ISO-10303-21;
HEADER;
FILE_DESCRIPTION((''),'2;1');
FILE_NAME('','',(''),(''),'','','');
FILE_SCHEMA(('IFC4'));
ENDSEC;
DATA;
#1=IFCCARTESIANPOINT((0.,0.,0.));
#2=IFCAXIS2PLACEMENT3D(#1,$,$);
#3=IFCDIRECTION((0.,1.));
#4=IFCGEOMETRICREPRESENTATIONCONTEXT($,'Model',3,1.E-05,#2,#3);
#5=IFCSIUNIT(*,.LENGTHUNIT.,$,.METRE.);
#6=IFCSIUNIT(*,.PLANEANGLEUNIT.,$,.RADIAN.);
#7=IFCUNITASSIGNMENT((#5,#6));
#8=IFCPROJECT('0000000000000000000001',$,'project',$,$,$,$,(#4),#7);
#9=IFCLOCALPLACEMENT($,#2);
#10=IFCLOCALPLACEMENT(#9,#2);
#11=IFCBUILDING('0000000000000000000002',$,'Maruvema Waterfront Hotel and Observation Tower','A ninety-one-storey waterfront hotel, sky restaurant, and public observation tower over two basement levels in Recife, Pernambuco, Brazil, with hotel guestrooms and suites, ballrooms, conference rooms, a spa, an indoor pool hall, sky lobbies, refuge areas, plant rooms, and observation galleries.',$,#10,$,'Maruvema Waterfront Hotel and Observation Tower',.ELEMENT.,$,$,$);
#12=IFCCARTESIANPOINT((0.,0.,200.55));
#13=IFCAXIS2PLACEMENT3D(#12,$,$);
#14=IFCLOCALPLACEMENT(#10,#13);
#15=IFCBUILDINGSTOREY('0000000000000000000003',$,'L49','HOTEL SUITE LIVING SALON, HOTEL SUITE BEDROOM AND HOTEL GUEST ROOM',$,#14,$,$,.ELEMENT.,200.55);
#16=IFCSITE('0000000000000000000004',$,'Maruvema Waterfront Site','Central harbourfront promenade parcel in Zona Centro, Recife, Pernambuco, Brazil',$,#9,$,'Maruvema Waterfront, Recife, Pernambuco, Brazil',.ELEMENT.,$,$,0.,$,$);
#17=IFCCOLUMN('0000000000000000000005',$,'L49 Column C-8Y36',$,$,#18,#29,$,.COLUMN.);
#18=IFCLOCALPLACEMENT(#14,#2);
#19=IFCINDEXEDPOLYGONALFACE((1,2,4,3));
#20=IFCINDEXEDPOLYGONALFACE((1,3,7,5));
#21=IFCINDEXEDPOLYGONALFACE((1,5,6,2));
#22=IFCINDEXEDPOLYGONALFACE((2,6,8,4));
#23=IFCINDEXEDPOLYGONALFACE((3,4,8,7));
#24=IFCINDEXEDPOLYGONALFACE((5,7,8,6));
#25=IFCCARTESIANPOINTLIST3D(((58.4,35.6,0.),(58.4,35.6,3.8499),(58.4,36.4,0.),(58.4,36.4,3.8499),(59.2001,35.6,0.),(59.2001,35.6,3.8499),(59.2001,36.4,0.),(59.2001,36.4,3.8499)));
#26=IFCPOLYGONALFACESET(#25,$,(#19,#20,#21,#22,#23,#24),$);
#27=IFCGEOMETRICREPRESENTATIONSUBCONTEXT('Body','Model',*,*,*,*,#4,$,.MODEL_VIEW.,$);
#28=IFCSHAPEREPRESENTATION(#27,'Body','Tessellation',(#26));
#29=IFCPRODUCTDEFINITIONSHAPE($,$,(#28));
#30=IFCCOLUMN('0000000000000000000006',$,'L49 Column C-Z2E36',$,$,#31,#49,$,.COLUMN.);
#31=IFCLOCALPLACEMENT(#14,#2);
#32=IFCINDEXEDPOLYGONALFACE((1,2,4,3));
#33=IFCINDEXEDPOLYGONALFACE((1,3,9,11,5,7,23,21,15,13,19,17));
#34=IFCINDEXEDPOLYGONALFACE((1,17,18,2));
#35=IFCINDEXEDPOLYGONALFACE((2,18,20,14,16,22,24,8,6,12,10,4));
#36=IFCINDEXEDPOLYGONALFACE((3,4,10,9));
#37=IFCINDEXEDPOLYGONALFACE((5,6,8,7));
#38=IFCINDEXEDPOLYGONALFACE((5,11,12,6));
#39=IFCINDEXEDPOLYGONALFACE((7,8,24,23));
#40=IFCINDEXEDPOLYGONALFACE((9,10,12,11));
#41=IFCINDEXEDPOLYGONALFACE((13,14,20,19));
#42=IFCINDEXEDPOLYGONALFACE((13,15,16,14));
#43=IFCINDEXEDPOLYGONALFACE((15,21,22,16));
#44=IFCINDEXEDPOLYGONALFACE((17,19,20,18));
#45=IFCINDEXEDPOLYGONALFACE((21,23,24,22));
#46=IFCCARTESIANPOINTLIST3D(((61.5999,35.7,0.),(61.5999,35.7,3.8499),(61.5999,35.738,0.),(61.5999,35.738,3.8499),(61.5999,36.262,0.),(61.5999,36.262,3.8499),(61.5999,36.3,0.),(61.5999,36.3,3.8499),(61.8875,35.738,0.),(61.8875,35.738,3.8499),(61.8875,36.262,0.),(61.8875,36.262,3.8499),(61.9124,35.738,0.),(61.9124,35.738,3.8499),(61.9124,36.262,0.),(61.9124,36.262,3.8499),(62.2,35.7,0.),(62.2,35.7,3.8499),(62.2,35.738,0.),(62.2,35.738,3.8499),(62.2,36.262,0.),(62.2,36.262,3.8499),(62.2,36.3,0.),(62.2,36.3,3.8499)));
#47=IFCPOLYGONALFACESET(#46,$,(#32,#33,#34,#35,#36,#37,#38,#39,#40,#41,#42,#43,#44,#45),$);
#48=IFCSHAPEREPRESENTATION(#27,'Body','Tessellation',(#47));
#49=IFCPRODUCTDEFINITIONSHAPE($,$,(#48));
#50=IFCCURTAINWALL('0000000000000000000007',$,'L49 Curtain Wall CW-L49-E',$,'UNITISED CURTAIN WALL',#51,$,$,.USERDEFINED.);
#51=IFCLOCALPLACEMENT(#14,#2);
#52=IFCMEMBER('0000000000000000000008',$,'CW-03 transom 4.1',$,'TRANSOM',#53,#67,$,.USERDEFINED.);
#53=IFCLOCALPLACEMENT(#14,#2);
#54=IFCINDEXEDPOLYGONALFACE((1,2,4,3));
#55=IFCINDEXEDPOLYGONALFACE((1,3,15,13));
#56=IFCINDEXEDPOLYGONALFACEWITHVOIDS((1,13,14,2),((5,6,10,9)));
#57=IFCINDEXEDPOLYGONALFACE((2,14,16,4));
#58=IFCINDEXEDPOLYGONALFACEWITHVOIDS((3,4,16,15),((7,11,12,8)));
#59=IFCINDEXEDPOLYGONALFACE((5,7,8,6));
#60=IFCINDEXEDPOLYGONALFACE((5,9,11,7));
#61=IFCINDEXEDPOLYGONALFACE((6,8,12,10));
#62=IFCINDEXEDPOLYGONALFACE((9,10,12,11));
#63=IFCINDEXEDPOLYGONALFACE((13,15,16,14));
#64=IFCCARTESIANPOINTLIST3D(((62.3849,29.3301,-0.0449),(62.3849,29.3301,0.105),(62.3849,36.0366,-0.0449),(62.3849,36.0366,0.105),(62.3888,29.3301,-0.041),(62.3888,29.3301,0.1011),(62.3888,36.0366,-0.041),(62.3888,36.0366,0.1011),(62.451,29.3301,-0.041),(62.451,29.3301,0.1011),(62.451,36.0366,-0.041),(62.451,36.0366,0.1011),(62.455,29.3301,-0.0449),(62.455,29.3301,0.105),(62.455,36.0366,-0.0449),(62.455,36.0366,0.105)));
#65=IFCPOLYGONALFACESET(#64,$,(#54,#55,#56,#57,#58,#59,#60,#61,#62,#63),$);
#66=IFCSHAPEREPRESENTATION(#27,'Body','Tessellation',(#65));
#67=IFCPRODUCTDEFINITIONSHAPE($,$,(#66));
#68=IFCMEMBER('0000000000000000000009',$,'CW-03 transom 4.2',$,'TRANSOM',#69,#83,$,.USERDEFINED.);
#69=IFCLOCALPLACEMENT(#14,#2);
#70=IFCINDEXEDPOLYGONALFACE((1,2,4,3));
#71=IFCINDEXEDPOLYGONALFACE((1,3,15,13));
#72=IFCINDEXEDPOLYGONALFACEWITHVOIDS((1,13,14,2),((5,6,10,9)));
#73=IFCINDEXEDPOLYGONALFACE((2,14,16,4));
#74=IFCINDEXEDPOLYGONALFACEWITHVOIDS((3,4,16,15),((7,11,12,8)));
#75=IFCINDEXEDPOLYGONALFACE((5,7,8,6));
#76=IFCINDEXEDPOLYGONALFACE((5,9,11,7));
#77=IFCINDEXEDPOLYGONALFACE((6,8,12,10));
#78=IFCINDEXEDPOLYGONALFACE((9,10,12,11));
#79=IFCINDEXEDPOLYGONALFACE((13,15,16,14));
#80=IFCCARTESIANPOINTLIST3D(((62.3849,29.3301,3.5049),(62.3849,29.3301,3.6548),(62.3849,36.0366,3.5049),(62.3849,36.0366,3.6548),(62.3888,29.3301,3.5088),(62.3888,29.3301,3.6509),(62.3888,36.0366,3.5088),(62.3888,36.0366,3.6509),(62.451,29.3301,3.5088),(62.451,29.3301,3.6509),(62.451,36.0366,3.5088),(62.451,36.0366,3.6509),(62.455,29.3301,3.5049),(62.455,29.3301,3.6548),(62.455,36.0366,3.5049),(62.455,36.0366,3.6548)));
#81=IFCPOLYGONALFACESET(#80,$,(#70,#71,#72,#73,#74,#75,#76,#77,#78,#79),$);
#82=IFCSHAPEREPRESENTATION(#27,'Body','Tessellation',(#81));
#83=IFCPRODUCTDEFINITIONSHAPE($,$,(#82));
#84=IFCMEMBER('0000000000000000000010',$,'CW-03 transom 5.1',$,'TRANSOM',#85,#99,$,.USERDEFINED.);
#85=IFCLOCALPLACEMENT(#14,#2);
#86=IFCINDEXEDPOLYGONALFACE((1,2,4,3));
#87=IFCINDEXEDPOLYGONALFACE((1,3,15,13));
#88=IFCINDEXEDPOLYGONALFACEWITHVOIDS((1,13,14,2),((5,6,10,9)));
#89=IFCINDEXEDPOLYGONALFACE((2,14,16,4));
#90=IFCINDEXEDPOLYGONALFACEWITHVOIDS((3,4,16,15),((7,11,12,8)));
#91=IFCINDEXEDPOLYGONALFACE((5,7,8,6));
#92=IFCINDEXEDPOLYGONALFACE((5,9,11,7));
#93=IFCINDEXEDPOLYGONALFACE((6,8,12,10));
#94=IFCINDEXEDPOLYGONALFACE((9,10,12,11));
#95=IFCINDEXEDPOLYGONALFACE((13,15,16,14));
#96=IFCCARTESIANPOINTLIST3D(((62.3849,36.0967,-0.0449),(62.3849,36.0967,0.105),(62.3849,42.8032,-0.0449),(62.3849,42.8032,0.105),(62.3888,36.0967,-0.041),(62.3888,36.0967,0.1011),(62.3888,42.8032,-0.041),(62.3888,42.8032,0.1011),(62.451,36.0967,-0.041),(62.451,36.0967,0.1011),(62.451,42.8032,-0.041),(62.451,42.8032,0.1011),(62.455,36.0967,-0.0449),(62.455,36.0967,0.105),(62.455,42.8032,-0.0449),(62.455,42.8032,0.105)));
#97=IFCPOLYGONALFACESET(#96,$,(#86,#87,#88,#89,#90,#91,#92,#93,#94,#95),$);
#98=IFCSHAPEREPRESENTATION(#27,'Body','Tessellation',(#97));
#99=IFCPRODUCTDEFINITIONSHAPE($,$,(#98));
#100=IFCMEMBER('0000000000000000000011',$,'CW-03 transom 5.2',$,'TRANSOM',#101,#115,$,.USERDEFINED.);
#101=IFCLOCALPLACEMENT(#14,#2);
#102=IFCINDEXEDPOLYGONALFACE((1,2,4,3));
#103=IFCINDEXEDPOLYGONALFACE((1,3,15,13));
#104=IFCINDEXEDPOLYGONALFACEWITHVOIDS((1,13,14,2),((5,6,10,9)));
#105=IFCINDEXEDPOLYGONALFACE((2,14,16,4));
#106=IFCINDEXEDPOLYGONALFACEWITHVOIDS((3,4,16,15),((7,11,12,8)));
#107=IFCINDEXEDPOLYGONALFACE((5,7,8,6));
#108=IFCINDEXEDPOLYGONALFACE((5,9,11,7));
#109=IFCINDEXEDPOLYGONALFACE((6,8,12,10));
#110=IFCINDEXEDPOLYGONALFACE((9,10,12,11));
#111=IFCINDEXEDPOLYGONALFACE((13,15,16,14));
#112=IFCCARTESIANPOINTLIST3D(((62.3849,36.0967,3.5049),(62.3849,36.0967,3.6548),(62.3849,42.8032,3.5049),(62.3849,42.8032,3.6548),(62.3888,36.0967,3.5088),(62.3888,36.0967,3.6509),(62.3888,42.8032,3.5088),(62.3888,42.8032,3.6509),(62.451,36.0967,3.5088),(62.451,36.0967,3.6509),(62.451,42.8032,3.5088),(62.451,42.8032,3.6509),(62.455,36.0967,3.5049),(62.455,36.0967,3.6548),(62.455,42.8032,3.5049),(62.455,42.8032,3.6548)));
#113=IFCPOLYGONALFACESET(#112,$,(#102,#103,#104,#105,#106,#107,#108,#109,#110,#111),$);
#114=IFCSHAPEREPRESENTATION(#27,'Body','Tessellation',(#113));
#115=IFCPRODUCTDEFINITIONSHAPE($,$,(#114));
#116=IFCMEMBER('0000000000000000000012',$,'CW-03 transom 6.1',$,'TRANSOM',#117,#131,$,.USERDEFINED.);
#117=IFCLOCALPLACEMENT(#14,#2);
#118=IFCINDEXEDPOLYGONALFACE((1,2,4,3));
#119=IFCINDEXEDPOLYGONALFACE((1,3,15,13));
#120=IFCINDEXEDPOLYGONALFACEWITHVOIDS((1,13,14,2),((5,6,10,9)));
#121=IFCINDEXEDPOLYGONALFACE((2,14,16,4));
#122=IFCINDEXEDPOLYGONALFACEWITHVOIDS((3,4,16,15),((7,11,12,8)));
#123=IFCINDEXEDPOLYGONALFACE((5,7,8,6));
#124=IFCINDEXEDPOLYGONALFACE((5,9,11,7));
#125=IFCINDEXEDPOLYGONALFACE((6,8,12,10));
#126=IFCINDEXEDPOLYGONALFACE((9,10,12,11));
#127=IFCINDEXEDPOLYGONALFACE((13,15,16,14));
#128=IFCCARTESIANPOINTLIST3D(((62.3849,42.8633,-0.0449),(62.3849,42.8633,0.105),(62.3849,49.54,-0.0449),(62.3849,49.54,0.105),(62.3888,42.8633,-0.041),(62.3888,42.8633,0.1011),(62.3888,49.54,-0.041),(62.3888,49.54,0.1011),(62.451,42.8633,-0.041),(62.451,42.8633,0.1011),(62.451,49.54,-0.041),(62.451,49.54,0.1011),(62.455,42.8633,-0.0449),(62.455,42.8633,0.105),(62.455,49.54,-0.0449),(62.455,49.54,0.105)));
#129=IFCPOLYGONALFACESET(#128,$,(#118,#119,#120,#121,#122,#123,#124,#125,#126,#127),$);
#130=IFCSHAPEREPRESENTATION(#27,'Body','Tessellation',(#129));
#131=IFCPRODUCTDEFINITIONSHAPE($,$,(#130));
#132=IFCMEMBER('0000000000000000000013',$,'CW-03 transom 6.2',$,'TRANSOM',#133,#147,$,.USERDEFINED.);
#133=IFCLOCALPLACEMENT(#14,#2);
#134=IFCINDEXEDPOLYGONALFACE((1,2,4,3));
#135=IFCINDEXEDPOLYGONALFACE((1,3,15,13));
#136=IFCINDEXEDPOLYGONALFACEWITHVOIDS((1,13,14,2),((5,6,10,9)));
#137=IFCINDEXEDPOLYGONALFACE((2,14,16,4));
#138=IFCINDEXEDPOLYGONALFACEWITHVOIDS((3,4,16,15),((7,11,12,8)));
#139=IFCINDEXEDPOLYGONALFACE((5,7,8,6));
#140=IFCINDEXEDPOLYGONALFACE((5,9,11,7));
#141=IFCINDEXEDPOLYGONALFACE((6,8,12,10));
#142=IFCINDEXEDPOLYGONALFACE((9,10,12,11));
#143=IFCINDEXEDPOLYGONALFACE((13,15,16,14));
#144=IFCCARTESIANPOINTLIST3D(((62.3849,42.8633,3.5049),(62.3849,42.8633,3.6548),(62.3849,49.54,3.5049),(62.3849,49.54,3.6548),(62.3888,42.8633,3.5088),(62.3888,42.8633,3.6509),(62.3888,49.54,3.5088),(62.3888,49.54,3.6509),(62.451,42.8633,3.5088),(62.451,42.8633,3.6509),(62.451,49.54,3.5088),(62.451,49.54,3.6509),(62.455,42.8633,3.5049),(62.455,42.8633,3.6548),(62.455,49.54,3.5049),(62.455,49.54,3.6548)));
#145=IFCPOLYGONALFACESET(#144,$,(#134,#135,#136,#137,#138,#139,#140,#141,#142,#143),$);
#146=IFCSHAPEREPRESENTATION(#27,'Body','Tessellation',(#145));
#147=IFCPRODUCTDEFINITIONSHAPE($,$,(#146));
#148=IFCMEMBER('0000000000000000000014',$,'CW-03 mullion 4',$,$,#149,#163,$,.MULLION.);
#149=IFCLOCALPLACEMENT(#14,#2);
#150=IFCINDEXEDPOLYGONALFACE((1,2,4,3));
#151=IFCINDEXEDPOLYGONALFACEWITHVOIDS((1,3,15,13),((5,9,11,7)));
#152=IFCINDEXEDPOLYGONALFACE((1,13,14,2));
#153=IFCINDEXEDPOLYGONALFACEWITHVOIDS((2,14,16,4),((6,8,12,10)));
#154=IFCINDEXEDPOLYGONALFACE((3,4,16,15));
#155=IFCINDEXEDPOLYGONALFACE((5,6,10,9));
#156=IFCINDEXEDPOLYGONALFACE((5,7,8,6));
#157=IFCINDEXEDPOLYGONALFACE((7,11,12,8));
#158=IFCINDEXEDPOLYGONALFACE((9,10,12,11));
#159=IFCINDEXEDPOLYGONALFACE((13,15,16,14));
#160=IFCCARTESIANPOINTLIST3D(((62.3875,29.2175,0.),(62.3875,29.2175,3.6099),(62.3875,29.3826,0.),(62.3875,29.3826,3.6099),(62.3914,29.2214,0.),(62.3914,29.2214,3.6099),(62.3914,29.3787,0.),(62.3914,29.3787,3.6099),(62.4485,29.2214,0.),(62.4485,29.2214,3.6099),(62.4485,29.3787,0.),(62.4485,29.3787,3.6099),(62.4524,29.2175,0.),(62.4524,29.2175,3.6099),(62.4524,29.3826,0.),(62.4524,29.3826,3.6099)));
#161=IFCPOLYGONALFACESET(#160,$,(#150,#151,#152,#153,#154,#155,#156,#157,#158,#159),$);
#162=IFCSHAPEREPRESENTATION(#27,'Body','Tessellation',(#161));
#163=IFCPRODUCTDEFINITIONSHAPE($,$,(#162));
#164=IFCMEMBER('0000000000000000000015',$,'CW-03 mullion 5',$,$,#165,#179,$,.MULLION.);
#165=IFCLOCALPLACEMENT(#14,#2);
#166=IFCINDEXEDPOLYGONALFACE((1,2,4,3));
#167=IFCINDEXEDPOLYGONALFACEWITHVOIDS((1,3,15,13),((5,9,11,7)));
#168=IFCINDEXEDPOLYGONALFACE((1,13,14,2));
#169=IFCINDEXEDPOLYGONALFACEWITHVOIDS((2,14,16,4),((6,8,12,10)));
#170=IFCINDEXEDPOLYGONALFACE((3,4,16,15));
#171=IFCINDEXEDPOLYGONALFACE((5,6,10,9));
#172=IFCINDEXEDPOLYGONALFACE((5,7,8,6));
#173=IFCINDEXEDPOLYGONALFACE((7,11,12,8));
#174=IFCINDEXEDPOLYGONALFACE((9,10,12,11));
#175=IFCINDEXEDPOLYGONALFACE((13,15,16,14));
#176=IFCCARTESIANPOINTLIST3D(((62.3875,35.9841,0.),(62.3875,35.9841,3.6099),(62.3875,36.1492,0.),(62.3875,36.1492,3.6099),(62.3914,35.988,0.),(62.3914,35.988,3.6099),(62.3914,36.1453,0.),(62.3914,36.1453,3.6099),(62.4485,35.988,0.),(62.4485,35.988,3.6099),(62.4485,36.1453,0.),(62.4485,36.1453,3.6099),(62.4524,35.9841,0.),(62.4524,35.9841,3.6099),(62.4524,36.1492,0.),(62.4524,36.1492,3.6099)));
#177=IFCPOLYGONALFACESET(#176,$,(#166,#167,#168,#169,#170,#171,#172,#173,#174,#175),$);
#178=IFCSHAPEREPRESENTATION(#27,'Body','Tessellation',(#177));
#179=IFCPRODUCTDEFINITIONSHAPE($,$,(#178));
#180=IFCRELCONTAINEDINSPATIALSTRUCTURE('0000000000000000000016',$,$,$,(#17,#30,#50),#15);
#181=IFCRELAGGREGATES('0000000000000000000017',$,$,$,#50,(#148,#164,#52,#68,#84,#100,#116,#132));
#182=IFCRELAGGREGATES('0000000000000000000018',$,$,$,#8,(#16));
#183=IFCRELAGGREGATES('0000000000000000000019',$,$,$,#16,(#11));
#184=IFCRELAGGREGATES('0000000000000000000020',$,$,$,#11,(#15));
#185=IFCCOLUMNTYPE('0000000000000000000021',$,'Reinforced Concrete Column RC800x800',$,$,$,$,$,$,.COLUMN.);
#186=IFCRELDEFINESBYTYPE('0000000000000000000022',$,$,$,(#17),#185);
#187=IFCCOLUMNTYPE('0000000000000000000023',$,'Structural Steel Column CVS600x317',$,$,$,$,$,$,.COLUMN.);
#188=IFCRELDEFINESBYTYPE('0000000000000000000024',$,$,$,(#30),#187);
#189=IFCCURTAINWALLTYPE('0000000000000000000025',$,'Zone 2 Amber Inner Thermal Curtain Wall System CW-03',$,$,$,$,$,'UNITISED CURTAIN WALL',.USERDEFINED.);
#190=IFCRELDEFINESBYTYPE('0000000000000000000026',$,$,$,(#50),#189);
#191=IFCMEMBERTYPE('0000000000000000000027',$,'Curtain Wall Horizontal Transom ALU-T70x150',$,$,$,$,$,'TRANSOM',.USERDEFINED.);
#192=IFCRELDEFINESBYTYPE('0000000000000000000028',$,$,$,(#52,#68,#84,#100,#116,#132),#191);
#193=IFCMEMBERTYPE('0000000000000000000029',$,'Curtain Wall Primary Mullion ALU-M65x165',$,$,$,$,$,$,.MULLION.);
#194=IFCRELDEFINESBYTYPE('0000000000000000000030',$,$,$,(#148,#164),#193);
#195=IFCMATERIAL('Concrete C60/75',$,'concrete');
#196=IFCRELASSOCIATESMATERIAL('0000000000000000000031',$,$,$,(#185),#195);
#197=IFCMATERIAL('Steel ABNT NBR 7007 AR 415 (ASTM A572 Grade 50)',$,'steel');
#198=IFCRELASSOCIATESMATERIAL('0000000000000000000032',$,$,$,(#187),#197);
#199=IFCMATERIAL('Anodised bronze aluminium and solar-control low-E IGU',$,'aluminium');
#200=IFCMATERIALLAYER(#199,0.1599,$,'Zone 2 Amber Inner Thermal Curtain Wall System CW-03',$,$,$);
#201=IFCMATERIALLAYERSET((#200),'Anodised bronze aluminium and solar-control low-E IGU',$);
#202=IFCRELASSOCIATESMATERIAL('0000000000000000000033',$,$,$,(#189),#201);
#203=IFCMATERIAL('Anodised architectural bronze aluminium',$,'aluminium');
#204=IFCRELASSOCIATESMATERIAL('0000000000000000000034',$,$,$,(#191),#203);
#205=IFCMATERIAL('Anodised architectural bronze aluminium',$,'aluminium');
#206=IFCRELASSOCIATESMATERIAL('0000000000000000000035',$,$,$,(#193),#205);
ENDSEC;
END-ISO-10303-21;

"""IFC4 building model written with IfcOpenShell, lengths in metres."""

from ifc_helpers import new_model, si_unit, direction, frame, origin, origin_2d, place, context, subcontext, project, spatial, rectangle, hollow_rectangle, i_section, extrude, material, layer, layer_set, material_profile, profile_set, type_object, element, aggregate, save


model = new_model("IFC4")

# Units and contexts
model_context = context("Model", 3, precision=1e-05, world=origin(), true_north=direction((0.0, 1.0)))
body_context = subcontext(model_context, "Body", "Model", "MODEL_VIEW")
ifc_project = project(units=[si_unit("LENGTHUNIT", "METRE"), si_unit("PLANEANGLEUNIT", "RADIAN")], contexts=[model_context])

# Site, building, storey
site_placement = place(None, origin())
site = spatial("IfcSite", under=ifc_project, at=site_placement, Name="Maruvema Waterfront Site", Description="Central harbourfront promenade parcel in Zona Centro, Recife, Pernambuco, Brazil", LongName="Maruvema Waterfront, Recife, Pernambuco, Brazil", CompositionType="ELEMENT", RefElevation=0.0)
building_placement = place(site_placement, origin())
building = spatial("IfcBuilding", under=site, at=building_placement, Name="Maruvema Waterfront Hotel and Observation Tower", Description="A ninety-one-storey waterfront hotel, sky restaurant, and public observation tower over two basement levels in Recife, Pernambuco, Brazil, with hotel guestrooms and suites, ballrooms, conference rooms, a spa, an indoor pool hall, sky lobbies, refuge areas, plant rooms, and observation galleries.", LongName="Maruvema Waterfront Hotel and Observation Tower", CompositionType="ELEMENT")
storey_placement = place(building_placement, frame((0.0, 0.0, 200.55)))
storey = spatial("IfcBuildingStorey", under=building, at=storey_placement, Name="L49", Description="HOTEL SUITE LIVING SALON, HOTEL SUITE BEDROOM AND HOTEL GUEST ROOM", CompositionType="ELEMENT", Elevation=200.55)

# Columns
ifc_material_1 = material(Name="Concrete C60/75", Category="concrete")
ifc_material_profile_1 = material_profile(ifc_material_1, rectangle(XDim=0.8, YDim=0.8, at=origin_2d()), Name="RC800x800")
ifc_profile_set_1 = profile_set([ifc_material_profile_1], Name="Concrete C60/75")
column_type_1 = type_object("IfcColumnType", Name="Reinforced Concrete Column RC800x800", PredefinedType="COLUMN", material=ifc_profile_set_1)
column_1_placement = place(storey_placement, frame((58.8, 36.0, 0.0), z_axis=(0.0, 0.0, 1.0), x_axis=(1.0, 0.0, 0.0)))
element("IfcColumn", 1, at=column_1_placement, inside=storey, type_object=column_type_1, Name="L49 Column C-8Y36", PredefinedType="COLUMN", context=body_context, shape_type="SweptSolid", body=[
    extrude(rectangle(XDim=0.8, YDim=0.8, at=origin_2d()), origin(), (0.0, 0.0, 1.0), 3.8499),
])
ifc_material_2 = material(Name="Steel ABNT NBR 7007 AR 415 (ASTM A572 Grade 50)", Category="steel")
ifc_material_profile_2 = material_profile(ifc_material_2, i_section(OverallWidth=0.6001, OverallDepth=0.6001, WebThickness=0.0249, FlangeThickness=0.0381, at=origin_2d()), Name="CVS600x317")
ifc_profile_set_2 = profile_set([ifc_material_profile_2], Name="Steel ABNT NBR 7007 AR 415 (ASTM A572 Grade 50)")
column_type_2 = type_object("IfcColumnType", Name="Structural Steel Column CVS600x317", PredefinedType="COLUMN", material=ifc_profile_set_2)
column_2_placement = place(storey_placement, frame((61.8999, 36.0, 0.0), z_axis=(0.0, 0.0, 1.0), x_axis=(1.0, 0.0, 0.0)))
element("IfcColumn", 2, at=column_2_placement, inside=storey, type_object=column_type_2, Name="L49 Column C-Z2E36", PredefinedType="COLUMN", context=body_context, shape_type="SweptSolid", body=[
    extrude(i_section(OverallWidth=0.6001, OverallDepth=0.6001, WebThickness=0.0249, FlangeThickness=0.0381, at=origin_2d()), origin(), (0.0, 0.0, 1.0), 3.8499),
])

# Curtain wall, members
ifc_material_3 = material(Name="Anodised bronze aluminium and solar-control low-E IGU", Category="aluminium")
ifc_layer_1 = layer(ifc_material_3, 0.1599, Name="Zone 2 Amber Inner Thermal Curtain Wall System CW-03")
ifc_layer_set_1 = layer_set([ifc_layer_1], Name="Anodised bronze aluminium and solar-control low-E IGU")
curtain_wall_type = type_object("IfcCurtainWallType", Name="Zone 2 Amber Inner Thermal Curtain Wall System CW-03", ElementType="UNITISED CURTAIN WALL", PredefinedType="USERDEFINED", material=ifc_layer_set_1)
curtain_wall_placement = place(storey_placement, origin())
curtain_wall = element("IfcCurtainWall", 3, at=curtain_wall_placement, inside=storey, type_object=curtain_wall_type, Name="L49 Curtain Wall CW-L49-E", ObjectType="UNITISED CURTAIN WALL", PredefinedType="USERDEFINED")
ifc_material_4 = material(Name="Anodised architectural bronze aluminium", Category="aluminium")
ifc_material_profile_3 = material_profile(ifc_material_4, hollow_rectangle(XDim=0.0701, YDim=0.1499, WallThickness=0.0039, at=origin_2d()), Name="ALU-T70x150")
ifc_profile_set_3 = profile_set([ifc_material_profile_3], Name="Anodised architectural bronze aluminium")
member_type_1 = type_object("IfcMemberType", Name="Curtain Wall Horizontal Transom ALU-T70x150", ElementType="TRANSOM", PredefinedType="USERDEFINED", material=ifc_profile_set_3)
member_1_placement = place(storey_placement, frame((62.4199, 29.3301, 0.03), z_axis=(0.0, 1.0, 0.0), x_axis=(-1.0, 0.0, 0.0)))
member_1 = element("IfcMember", 4, at=member_1_placement, type_object=member_type_1, Name="CW-03 transom 4.1", ObjectType="TRANSOM", PredefinedType="USERDEFINED", context=body_context, shape_type="SweptSolid", body=[
    extrude(hollow_rectangle(XDim=0.0701, YDim=0.1499, WallThickness=0.0039, at=origin_2d()), origin(), (0.0, 0.0, 1.0), 6.7065),
])
member_2_placement = place(storey_placement, frame((62.4199, 29.3301, 3.5798), z_axis=(0.0, 1.0, 0.0), x_axis=(-1.0, 0.0, 0.0)))
member_2 = element("IfcMember", 5, at=member_2_placement, type_object=member_type_1, Name="CW-03 transom 4.2", ObjectType="TRANSOM", PredefinedType="USERDEFINED", context=body_context, shape_type="SweptSolid", body=[
    extrude(hollow_rectangle(XDim=0.0701, YDim=0.1499, WallThickness=0.0039, at=origin_2d()), origin(), (0.0, 0.0, 1.0), 6.7065),
])
member_3_placement = place(storey_placement, frame((62.4199, 36.0967, 0.03), z_axis=(0.0, 1.0, 0.0), x_axis=(-1.0, 0.0, 0.0)))
member_3 = element("IfcMember", 6, at=member_3_placement, type_object=member_type_1, Name="CW-03 transom 5.1", ObjectType="TRANSOM", PredefinedType="USERDEFINED", context=body_context, shape_type="SweptSolid", body=[
    extrude(hollow_rectangle(XDim=0.0701, YDim=0.1499, WallThickness=0.0039, at=origin_2d()), origin(), (0.0, 0.0, 1.0), 6.7065),
])
member_4_placement = place(storey_placement, frame((62.4199, 36.0967, 3.5798), z_axis=(0.0, 1.0, 0.0), x_axis=(-1.0, 0.0, 0.0)))
member_4 = element("IfcMember", 7, at=member_4_placement, type_object=member_type_1, Name="CW-03 transom 5.2", ObjectType="TRANSOM", PredefinedType="USERDEFINED", context=body_context, shape_type="SweptSolid", body=[
    extrude(hollow_rectangle(XDim=0.0701, YDim=0.1499, WallThickness=0.0039, at=origin_2d()), origin(), (0.0, 0.0, 1.0), 6.7065),
])
member_5_placement = place(storey_placement, frame((62.4199, 42.8633, 0.03), z_axis=(0.0, 1.0, 0.0), x_axis=(-1.0, 0.0, 0.0)))
member_5 = element("IfcMember", 8, at=member_5_placement, type_object=member_type_1, Name="CW-03 transom 6.1", ObjectType="TRANSOM", PredefinedType="USERDEFINED", context=body_context, shape_type="SweptSolid", body=[
    extrude(hollow_rectangle(XDim=0.0701, YDim=0.1499, WallThickness=0.0039, at=origin_2d()), origin(), (0.0, 0.0, 1.0), 6.6768),
])
member_6_placement = place(storey_placement, frame((62.4199, 42.8633, 3.5798), z_axis=(0.0, 1.0, 0.0), x_axis=(-1.0, 0.0, 0.0)))
member_6 = element("IfcMember", 9, at=member_6_placement, type_object=member_type_1, Name="CW-03 transom 6.2", ObjectType="TRANSOM", PredefinedType="USERDEFINED", context=body_context, shape_type="SweptSolid", body=[
    extrude(hollow_rectangle(XDim=0.0701, YDim=0.1499, WallThickness=0.0039, at=origin_2d()), origin(), (0.0, 0.0, 1.0), 6.6768),
])
ifc_material_5 = material(Name="Anodised architectural bronze aluminium", Category="aluminium")
ifc_material_profile_4 = material_profile(ifc_material_5, hollow_rectangle(XDim=0.0649, YDim=0.165, WallThickness=0.0039, at=origin_2d()), Name="ALU-M65x165")
ifc_profile_set_4 = profile_set([ifc_material_profile_4], Name="Anodised architectural bronze aluminium")
member_type_2 = type_object("IfcMemberType", Name="Curtain Wall Primary Mullion ALU-M65x165", PredefinedType="MULLION", material=ifc_profile_set_4)
member_7_placement = place(storey_placement, frame((62.4199, 29.3, 0.0), z_axis=(0.0, 0.0, 1.0), x_axis=(-1.0, 0.0, 0.0)))
member_7 = element("IfcMember", 10, at=member_7_placement, type_object=member_type_2, Name="CW-03 mullion 4", PredefinedType="MULLION", context=body_context, shape_type="SweptSolid", body=[
    extrude(hollow_rectangle(XDim=0.0649, YDim=0.165, WallThickness=0.0039, at=origin_2d()), origin(), (0.0, 0.0, 1.0), 3.6099),
])
member_8_placement = place(storey_placement, frame((62.4199, 36.0667, 0.0), z_axis=(0.0, 0.0, 1.0), x_axis=(-1.0, 0.0, 0.0)))
member_8 = element("IfcMember", 11, at=member_8_placement, type_object=member_type_2, Name="CW-03 mullion 5", PredefinedType="MULLION", context=body_context, shape_type="SweptSolid", body=[
    extrude(hollow_rectangle(XDim=0.0649, YDim=0.165, WallThickness=0.0039, at=origin_2d()), origin(), (0.0, 0.0, 1.0), 3.6099),
])

aggregate(curtain_wall, [member_7, member_8, member_1, member_2, member_3, member_4, member_5, member_6])

save(model, "model.ifc")
